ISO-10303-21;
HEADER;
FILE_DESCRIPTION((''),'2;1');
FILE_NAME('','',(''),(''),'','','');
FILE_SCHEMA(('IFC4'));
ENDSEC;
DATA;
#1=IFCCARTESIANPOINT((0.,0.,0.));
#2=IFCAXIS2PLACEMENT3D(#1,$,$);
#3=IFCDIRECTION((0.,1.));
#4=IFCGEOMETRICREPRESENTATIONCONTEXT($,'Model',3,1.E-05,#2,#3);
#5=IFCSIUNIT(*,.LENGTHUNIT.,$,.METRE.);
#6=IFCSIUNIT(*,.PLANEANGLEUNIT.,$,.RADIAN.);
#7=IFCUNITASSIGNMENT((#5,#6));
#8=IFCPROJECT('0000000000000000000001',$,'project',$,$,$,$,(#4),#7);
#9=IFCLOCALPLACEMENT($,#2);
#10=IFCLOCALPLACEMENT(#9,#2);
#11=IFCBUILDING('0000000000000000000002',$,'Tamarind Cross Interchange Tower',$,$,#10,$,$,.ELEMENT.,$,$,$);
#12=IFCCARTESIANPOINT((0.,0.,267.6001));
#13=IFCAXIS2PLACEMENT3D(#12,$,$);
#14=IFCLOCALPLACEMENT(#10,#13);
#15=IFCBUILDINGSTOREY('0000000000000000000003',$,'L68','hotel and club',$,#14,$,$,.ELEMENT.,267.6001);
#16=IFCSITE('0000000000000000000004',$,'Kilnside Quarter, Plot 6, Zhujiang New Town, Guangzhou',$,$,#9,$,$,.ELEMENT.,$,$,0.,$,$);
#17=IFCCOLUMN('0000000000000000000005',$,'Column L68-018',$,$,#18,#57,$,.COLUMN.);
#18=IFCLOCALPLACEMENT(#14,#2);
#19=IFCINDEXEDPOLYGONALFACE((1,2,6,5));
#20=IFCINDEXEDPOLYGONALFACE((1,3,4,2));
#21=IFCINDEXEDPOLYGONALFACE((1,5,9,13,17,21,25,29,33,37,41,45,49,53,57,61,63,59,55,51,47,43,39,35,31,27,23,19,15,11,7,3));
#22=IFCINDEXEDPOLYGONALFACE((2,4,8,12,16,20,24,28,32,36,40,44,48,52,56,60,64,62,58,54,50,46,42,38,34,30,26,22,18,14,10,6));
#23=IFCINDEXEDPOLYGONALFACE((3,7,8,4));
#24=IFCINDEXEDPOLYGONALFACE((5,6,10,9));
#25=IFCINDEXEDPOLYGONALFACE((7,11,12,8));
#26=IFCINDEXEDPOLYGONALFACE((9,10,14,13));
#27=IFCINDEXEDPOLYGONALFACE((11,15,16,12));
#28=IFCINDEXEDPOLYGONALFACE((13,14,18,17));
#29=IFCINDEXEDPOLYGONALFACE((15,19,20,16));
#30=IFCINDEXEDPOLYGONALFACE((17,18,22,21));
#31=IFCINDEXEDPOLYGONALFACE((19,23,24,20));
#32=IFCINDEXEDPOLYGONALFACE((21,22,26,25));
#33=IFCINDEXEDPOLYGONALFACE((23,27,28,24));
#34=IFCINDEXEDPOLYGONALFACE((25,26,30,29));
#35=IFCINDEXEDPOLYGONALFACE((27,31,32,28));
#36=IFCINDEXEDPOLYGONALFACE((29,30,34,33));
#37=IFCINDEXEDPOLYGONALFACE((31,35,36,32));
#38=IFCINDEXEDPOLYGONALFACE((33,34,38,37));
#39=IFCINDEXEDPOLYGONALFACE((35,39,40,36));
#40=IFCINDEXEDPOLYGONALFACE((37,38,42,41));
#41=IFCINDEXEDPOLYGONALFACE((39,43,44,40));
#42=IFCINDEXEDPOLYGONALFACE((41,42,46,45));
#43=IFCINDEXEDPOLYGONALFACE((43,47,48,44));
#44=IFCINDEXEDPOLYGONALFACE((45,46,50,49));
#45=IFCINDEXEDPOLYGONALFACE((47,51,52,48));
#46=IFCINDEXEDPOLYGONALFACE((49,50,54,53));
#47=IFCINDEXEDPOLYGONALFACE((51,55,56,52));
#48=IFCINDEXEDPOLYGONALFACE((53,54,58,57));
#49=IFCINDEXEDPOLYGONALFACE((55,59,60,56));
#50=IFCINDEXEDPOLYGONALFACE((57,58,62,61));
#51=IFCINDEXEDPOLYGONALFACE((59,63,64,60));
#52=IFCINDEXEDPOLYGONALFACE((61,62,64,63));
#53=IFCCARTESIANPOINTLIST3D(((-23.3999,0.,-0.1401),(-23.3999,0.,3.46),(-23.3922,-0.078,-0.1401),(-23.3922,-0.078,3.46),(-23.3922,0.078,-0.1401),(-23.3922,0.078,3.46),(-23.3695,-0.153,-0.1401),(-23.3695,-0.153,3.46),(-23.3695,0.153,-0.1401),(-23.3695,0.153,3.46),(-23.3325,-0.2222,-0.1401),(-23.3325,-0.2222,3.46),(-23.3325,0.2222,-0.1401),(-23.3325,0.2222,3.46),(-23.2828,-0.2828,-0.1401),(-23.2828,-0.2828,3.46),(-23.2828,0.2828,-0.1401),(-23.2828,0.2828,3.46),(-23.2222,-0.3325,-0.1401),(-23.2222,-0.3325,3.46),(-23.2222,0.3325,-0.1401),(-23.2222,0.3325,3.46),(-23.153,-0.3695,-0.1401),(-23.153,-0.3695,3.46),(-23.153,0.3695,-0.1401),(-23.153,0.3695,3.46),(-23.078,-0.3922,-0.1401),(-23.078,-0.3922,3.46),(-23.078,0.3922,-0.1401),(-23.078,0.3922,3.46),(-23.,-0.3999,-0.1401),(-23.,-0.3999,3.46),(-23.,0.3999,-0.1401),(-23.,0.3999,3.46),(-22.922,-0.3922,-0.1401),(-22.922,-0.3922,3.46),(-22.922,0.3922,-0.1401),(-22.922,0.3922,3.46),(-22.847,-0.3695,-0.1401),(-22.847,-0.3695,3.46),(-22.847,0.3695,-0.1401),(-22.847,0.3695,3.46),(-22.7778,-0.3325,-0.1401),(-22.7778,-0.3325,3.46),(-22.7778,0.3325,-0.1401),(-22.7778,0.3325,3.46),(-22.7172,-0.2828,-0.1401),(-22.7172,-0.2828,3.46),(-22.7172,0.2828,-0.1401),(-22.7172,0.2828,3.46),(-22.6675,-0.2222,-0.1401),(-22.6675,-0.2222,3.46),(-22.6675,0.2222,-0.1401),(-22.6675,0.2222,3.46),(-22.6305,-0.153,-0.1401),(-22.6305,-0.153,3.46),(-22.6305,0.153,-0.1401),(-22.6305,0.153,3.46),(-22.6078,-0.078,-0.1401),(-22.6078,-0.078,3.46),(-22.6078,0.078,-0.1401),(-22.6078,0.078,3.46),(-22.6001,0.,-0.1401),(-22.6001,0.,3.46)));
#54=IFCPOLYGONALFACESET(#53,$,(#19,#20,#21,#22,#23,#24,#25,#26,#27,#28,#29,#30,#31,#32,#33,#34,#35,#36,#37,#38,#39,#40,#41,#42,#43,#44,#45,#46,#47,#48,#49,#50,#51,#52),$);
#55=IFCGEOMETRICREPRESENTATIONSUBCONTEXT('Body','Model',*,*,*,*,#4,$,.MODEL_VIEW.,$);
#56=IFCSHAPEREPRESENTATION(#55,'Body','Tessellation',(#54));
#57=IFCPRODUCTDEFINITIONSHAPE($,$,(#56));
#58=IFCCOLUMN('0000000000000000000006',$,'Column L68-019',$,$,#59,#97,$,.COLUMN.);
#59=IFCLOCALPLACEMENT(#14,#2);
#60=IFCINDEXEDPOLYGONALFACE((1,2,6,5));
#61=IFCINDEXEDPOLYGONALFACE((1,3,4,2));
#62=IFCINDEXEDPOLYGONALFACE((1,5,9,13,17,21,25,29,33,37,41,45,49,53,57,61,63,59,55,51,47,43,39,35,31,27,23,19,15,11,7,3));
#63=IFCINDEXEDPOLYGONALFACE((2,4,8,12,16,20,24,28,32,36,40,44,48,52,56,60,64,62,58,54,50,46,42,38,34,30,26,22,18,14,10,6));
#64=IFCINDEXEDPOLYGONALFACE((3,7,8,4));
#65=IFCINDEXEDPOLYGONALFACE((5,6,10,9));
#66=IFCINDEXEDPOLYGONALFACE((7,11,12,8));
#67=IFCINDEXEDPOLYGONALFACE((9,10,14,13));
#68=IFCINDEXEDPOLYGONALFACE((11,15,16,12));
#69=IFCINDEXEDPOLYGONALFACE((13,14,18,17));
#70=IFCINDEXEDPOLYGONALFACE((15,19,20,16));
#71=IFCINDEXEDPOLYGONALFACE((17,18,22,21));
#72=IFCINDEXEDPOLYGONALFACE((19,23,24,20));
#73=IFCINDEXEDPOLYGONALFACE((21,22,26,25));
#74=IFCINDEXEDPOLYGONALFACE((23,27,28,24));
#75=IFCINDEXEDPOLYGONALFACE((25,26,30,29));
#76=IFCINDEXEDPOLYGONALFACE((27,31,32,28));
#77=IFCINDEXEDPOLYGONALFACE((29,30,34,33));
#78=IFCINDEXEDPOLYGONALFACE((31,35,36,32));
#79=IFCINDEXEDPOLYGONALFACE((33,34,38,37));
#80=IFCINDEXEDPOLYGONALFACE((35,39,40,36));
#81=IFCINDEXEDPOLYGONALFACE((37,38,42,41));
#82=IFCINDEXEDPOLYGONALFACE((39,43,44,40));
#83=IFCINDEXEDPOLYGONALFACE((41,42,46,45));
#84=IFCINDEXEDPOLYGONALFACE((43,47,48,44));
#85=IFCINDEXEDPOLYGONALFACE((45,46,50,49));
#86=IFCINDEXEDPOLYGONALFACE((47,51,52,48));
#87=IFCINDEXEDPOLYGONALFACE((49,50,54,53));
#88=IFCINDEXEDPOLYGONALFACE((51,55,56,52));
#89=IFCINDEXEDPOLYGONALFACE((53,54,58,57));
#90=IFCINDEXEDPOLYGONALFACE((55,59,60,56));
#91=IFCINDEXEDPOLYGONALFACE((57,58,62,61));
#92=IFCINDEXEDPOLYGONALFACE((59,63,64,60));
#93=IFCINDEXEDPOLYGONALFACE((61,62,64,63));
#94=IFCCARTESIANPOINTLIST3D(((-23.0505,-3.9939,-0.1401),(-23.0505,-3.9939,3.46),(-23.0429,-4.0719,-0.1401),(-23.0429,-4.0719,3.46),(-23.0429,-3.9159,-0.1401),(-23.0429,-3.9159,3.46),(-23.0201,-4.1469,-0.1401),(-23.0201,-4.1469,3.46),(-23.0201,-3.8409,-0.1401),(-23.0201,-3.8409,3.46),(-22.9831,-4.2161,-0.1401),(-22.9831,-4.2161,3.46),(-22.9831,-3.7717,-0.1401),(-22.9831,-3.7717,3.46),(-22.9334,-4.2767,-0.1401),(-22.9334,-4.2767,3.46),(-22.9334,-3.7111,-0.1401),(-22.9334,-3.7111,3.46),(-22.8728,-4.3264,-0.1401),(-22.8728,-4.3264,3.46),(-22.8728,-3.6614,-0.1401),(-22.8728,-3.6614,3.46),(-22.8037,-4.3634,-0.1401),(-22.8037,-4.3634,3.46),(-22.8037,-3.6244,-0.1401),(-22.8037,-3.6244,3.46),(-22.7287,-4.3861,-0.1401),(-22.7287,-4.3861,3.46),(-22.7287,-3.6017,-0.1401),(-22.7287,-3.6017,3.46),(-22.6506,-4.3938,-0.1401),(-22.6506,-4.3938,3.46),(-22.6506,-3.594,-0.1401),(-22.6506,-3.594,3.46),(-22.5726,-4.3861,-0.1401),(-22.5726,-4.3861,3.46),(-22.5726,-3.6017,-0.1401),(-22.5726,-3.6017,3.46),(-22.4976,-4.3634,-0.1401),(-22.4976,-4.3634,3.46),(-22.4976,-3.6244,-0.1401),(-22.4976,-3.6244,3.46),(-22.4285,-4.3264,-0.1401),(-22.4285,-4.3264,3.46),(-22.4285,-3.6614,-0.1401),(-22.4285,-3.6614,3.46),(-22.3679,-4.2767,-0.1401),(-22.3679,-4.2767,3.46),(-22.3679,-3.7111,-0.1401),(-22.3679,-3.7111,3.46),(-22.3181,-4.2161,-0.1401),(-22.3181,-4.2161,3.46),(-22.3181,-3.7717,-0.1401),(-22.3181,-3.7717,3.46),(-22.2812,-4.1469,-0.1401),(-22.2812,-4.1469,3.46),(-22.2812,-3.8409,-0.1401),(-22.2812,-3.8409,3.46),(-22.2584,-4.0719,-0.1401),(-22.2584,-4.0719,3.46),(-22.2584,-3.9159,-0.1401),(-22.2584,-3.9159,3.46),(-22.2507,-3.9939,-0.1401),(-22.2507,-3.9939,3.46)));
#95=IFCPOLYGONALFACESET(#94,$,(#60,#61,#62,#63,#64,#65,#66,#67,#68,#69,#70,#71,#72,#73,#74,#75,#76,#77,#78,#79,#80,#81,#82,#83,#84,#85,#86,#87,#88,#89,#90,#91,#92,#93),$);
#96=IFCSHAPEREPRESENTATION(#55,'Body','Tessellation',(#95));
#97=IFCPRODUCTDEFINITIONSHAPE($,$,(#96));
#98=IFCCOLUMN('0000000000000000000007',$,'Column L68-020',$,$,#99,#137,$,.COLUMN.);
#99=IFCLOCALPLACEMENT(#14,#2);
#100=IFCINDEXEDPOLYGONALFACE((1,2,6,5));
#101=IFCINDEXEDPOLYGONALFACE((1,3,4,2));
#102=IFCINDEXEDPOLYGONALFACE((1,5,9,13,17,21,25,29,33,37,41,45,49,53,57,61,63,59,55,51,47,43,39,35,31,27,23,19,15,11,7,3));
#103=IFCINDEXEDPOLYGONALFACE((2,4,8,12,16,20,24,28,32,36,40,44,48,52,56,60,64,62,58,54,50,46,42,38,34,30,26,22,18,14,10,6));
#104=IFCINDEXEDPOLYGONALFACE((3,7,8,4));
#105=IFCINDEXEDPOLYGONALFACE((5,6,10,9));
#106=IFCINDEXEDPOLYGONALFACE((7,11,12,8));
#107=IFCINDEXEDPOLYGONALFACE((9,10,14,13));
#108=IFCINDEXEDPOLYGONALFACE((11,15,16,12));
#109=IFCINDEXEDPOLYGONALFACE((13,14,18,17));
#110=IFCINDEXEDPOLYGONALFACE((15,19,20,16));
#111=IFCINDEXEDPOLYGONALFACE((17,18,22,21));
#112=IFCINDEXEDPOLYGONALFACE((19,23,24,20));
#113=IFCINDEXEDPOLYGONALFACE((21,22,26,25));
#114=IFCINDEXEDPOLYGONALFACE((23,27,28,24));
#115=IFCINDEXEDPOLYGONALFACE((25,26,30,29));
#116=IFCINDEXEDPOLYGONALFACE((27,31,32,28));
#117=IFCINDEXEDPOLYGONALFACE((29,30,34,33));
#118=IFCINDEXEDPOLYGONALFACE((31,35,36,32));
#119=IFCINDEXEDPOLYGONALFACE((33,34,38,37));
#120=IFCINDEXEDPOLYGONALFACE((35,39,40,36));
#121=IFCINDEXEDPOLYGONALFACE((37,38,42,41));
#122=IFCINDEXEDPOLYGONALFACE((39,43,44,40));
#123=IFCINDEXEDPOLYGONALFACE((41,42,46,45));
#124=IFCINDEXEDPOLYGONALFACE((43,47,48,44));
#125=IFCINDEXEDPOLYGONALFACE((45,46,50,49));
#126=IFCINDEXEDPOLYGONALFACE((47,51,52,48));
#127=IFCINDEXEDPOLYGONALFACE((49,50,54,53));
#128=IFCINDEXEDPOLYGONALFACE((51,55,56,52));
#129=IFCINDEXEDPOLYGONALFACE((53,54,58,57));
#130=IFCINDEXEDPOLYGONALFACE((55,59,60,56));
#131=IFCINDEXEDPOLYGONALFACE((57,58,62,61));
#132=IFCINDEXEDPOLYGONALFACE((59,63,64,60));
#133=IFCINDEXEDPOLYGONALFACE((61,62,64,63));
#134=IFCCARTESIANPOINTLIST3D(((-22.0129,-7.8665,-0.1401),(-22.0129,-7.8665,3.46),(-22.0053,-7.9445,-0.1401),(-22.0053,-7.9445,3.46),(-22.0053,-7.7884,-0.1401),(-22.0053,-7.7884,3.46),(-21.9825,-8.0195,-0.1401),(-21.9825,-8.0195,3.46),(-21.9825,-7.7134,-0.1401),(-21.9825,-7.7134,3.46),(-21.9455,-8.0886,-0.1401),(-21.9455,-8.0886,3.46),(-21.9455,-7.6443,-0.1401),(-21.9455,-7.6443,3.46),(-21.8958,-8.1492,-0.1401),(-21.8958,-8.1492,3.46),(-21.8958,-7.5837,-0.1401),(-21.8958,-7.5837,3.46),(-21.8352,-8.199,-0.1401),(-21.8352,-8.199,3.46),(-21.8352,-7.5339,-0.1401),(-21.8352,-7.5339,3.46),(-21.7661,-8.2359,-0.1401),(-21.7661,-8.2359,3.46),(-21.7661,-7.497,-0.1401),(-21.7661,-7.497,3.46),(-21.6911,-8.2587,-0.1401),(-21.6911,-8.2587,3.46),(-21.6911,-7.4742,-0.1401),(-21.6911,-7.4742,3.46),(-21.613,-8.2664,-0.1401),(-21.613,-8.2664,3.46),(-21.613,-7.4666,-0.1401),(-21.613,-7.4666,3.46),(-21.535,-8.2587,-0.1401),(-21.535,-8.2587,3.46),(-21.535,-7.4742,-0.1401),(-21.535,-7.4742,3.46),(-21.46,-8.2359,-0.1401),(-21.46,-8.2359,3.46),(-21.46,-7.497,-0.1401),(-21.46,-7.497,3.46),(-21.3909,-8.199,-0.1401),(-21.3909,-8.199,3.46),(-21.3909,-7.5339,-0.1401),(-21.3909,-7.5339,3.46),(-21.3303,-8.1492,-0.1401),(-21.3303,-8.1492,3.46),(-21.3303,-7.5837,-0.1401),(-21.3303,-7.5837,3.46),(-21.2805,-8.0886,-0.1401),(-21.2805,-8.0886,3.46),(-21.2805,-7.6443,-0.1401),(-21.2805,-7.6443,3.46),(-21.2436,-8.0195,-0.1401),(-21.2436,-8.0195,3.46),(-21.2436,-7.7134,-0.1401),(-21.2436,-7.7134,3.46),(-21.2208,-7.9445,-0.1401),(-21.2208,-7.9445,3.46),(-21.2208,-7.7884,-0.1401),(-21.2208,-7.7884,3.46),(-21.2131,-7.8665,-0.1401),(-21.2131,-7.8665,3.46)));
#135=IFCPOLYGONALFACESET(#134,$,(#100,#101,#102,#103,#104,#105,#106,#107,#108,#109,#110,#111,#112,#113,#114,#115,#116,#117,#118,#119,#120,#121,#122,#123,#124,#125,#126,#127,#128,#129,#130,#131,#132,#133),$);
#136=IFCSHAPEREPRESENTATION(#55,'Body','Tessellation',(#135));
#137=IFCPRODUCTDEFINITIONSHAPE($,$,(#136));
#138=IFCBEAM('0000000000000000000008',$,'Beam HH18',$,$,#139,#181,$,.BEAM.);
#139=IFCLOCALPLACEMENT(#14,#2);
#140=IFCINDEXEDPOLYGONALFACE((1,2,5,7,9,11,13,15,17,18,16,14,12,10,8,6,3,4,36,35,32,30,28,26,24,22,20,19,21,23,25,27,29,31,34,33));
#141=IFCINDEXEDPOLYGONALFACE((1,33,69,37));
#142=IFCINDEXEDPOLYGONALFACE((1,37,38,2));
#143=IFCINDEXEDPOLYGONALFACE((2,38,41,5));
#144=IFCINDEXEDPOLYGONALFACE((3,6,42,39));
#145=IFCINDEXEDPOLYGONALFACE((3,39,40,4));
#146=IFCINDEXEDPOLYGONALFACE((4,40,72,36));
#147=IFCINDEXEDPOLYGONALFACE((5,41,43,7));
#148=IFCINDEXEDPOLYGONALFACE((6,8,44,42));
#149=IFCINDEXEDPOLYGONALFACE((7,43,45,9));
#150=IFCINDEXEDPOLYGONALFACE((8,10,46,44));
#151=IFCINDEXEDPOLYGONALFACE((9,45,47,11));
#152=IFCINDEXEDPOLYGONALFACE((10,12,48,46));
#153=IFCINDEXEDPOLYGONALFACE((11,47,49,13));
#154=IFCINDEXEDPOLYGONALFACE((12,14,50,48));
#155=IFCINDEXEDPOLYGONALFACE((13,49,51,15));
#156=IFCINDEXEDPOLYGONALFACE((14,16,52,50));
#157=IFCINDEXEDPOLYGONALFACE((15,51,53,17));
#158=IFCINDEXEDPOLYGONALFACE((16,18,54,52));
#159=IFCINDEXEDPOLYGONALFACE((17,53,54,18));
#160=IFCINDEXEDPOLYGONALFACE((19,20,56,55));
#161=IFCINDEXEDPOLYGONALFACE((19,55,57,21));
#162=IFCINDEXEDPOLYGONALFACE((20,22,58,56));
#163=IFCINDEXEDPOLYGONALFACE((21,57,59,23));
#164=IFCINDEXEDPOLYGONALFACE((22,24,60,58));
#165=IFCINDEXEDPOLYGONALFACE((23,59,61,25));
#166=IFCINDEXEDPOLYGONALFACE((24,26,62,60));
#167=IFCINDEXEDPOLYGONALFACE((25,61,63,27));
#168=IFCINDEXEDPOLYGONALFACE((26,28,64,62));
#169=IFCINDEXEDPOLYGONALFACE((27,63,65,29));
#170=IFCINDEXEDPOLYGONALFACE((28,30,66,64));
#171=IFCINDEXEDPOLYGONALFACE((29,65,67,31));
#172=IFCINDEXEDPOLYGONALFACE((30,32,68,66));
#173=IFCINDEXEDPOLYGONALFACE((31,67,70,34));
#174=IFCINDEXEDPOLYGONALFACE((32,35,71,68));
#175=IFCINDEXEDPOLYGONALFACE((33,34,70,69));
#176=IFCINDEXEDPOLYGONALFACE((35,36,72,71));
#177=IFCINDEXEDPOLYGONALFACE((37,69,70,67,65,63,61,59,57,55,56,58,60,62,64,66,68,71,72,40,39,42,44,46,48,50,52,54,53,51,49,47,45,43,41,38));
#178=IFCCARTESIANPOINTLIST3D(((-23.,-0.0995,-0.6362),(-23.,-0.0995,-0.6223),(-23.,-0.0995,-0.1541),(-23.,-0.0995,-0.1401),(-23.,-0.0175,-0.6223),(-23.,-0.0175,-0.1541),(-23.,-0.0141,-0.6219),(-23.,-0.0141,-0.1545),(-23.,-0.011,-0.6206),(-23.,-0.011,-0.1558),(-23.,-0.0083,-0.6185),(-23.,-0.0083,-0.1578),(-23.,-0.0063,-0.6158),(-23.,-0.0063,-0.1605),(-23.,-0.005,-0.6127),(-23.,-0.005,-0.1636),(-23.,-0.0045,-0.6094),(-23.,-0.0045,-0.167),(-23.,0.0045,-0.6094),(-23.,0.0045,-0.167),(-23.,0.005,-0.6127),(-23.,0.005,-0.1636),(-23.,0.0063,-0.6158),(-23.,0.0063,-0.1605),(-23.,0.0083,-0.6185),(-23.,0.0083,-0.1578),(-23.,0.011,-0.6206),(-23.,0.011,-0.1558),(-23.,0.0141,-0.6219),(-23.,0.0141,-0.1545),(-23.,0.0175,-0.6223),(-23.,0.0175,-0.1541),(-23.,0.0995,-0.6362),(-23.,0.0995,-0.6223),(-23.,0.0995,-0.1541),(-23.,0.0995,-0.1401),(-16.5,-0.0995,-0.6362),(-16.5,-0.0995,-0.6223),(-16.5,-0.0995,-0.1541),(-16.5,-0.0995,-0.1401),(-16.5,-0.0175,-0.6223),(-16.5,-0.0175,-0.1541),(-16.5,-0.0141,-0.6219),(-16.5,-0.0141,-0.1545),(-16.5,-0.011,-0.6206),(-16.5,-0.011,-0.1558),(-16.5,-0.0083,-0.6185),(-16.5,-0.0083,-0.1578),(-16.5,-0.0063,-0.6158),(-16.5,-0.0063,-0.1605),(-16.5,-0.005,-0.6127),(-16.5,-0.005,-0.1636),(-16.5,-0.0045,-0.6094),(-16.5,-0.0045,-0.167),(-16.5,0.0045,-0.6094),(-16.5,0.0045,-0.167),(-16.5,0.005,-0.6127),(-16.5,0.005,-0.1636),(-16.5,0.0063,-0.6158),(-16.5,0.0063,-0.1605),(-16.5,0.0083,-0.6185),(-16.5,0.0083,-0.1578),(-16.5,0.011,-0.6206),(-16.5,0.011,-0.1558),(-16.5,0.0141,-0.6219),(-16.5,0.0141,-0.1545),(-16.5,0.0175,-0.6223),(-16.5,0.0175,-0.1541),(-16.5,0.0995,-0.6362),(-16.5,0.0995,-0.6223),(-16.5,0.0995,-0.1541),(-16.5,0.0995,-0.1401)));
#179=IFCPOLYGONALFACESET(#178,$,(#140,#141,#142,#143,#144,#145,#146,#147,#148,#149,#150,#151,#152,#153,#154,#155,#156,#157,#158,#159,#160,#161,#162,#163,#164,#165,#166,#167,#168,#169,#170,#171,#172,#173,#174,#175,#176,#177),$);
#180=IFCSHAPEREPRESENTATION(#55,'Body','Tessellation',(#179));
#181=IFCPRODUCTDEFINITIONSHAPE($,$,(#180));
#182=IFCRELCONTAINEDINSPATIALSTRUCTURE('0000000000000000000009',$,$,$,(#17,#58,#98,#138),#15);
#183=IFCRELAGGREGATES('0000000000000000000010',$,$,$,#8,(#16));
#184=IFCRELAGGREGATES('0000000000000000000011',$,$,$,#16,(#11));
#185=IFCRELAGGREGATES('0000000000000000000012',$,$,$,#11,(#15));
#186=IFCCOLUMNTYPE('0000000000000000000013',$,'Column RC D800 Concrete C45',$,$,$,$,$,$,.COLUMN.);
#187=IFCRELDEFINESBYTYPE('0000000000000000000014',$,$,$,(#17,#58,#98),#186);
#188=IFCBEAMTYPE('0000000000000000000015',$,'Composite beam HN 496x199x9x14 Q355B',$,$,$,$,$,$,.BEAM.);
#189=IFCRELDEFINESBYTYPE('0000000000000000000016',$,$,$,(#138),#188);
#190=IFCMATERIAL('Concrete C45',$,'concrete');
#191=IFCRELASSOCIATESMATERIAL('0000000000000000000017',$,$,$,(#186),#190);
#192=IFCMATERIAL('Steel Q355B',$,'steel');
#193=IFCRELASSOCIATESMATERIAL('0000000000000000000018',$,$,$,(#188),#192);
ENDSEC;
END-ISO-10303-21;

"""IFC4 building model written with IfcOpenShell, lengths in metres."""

from ifc_helpers import new_model, si_unit, direction, frame, origin, origin_2d, place, context, subcontext, project, spatial, circle, i_section, extrude, material, material_profile, profile_set, type_object, element, save


model = new_model("IFC4")

# Units and contexts
model_context = context("Model", 3, precision=1e-05, world=origin(), true_north=direction((0.0, 1.0)))
body_context = subcontext(model_context, "Body", "Model", "MODEL_VIEW")
ifc_project = project(units=[si_unit("LENGTHUNIT", "METRE"), si_unit("PLANEANGLEUNIT", "RADIAN")], contexts=[model_context])

# Site, building, storey
site_placement = place(None, origin())
site = spatial("IfcSite", under=ifc_project, at=site_placement, Name="Kilnside Quarter, Plot 6, Zhujiang New Town, Guangzhou", CompositionType="ELEMENT", RefElevation=0.0)
building_placement = place(site_placement, origin())
building = spatial("IfcBuilding", under=site, at=building_placement, Name="Tamarind Cross Interchange Tower", CompositionType="ELEMENT")
storey_placement = place(building_placement, frame((0.0, 0.0, 267.6001)))
storey = spatial("IfcBuildingStorey", under=building, at=storey_placement, Name="L68", Description="hotel and club", CompositionType="ELEMENT", Elevation=267.6001)

# Columns
ifc_material_1 = material(Name="Concrete C45", Category="concrete")
ifc_material_profile_1 = material_profile(ifc_material_1, circle(Radius=0.3999, at=origin_2d()), Name="RC D800")
ifc_profile_set_1 = profile_set([ifc_material_profile_1], Name="Concrete C45")
column_type = type_object("IfcColumnType", Name="Column RC D800 Concrete C45", PredefinedType="COLUMN", material=ifc_profile_set_1)
for number, where, z_axis, x_axis, name in (
    (1, (-23.0, 0.0, -0.1401), (0.0, 0.0, 1.0), (1.0, 0.0, 0.0), "Column L68-018"),
    (2, (-22.6506, -3.9939, -0.1401), (0.0, 0.0, 1.0), (1.0, 0.0, 0.0), "Column L68-019"),
    (3, (-21.613, -7.8665, -0.1401), (0.0, 0.0, 1.0), (1.0, 0.0, 0.0), "Column L68-020"),
):
    element("IfcColumn", number, at=place(storey_placement, frame(where, z_axis=z_axis, x_axis=x_axis)), inside=storey, type_object=column_type, Name=name, PredefinedType="COLUMN", context=body_context, shape_type="SweptSolid", body=[
        extrude(circle(Radius=0.3999, at=origin_2d()), origin(), (0.0, 0.0, 1.0), 3.6001),
    ])

# Beam
ifc_material_2 = material(Name="Steel Q355B", Category="steel")
ifc_material_profile_2 = material_profile(ifc_material_2, i_section(OverallWidth=0.199, OverallDepth=0.4961, WebThickness=0.009, FlangeThickness=0.0139, FilletRadius=0.0129, at=origin_2d()), Name="HN 496x199x9x14")
ifc_profile_set_2 = profile_set([ifc_material_profile_2], Name="Steel Q355B")
beam_type = type_object("IfcBeamType", Name="Composite beam HN 496x199x9x14 Q355B", PredefinedType="BEAM", material=ifc_profile_set_2)
beam_1_placement = place(storey_placement, frame((-23.0, 0.0, -0.3882), z_axis=(1.0, 0.0, 0.0), x_axis=(0.0, 1.0, 0.0)))
element("IfcBeam", 4, at=beam_1_placement, inside=storey, type_object=beam_type, Name="Beam HH18", PredefinedType="BEAM", context=body_context, shape_type="SweptSolid", body=[
    extrude(i_section(OverallWidth=0.199, OverallDepth=0.4961, WebThickness=0.009, FlangeThickness=0.0139, FilletRadius=0.0129, at=origin_2d()), origin(), (0.0, 0.0, 1.0), 6.5),
])

save(model, "model.ifc")
